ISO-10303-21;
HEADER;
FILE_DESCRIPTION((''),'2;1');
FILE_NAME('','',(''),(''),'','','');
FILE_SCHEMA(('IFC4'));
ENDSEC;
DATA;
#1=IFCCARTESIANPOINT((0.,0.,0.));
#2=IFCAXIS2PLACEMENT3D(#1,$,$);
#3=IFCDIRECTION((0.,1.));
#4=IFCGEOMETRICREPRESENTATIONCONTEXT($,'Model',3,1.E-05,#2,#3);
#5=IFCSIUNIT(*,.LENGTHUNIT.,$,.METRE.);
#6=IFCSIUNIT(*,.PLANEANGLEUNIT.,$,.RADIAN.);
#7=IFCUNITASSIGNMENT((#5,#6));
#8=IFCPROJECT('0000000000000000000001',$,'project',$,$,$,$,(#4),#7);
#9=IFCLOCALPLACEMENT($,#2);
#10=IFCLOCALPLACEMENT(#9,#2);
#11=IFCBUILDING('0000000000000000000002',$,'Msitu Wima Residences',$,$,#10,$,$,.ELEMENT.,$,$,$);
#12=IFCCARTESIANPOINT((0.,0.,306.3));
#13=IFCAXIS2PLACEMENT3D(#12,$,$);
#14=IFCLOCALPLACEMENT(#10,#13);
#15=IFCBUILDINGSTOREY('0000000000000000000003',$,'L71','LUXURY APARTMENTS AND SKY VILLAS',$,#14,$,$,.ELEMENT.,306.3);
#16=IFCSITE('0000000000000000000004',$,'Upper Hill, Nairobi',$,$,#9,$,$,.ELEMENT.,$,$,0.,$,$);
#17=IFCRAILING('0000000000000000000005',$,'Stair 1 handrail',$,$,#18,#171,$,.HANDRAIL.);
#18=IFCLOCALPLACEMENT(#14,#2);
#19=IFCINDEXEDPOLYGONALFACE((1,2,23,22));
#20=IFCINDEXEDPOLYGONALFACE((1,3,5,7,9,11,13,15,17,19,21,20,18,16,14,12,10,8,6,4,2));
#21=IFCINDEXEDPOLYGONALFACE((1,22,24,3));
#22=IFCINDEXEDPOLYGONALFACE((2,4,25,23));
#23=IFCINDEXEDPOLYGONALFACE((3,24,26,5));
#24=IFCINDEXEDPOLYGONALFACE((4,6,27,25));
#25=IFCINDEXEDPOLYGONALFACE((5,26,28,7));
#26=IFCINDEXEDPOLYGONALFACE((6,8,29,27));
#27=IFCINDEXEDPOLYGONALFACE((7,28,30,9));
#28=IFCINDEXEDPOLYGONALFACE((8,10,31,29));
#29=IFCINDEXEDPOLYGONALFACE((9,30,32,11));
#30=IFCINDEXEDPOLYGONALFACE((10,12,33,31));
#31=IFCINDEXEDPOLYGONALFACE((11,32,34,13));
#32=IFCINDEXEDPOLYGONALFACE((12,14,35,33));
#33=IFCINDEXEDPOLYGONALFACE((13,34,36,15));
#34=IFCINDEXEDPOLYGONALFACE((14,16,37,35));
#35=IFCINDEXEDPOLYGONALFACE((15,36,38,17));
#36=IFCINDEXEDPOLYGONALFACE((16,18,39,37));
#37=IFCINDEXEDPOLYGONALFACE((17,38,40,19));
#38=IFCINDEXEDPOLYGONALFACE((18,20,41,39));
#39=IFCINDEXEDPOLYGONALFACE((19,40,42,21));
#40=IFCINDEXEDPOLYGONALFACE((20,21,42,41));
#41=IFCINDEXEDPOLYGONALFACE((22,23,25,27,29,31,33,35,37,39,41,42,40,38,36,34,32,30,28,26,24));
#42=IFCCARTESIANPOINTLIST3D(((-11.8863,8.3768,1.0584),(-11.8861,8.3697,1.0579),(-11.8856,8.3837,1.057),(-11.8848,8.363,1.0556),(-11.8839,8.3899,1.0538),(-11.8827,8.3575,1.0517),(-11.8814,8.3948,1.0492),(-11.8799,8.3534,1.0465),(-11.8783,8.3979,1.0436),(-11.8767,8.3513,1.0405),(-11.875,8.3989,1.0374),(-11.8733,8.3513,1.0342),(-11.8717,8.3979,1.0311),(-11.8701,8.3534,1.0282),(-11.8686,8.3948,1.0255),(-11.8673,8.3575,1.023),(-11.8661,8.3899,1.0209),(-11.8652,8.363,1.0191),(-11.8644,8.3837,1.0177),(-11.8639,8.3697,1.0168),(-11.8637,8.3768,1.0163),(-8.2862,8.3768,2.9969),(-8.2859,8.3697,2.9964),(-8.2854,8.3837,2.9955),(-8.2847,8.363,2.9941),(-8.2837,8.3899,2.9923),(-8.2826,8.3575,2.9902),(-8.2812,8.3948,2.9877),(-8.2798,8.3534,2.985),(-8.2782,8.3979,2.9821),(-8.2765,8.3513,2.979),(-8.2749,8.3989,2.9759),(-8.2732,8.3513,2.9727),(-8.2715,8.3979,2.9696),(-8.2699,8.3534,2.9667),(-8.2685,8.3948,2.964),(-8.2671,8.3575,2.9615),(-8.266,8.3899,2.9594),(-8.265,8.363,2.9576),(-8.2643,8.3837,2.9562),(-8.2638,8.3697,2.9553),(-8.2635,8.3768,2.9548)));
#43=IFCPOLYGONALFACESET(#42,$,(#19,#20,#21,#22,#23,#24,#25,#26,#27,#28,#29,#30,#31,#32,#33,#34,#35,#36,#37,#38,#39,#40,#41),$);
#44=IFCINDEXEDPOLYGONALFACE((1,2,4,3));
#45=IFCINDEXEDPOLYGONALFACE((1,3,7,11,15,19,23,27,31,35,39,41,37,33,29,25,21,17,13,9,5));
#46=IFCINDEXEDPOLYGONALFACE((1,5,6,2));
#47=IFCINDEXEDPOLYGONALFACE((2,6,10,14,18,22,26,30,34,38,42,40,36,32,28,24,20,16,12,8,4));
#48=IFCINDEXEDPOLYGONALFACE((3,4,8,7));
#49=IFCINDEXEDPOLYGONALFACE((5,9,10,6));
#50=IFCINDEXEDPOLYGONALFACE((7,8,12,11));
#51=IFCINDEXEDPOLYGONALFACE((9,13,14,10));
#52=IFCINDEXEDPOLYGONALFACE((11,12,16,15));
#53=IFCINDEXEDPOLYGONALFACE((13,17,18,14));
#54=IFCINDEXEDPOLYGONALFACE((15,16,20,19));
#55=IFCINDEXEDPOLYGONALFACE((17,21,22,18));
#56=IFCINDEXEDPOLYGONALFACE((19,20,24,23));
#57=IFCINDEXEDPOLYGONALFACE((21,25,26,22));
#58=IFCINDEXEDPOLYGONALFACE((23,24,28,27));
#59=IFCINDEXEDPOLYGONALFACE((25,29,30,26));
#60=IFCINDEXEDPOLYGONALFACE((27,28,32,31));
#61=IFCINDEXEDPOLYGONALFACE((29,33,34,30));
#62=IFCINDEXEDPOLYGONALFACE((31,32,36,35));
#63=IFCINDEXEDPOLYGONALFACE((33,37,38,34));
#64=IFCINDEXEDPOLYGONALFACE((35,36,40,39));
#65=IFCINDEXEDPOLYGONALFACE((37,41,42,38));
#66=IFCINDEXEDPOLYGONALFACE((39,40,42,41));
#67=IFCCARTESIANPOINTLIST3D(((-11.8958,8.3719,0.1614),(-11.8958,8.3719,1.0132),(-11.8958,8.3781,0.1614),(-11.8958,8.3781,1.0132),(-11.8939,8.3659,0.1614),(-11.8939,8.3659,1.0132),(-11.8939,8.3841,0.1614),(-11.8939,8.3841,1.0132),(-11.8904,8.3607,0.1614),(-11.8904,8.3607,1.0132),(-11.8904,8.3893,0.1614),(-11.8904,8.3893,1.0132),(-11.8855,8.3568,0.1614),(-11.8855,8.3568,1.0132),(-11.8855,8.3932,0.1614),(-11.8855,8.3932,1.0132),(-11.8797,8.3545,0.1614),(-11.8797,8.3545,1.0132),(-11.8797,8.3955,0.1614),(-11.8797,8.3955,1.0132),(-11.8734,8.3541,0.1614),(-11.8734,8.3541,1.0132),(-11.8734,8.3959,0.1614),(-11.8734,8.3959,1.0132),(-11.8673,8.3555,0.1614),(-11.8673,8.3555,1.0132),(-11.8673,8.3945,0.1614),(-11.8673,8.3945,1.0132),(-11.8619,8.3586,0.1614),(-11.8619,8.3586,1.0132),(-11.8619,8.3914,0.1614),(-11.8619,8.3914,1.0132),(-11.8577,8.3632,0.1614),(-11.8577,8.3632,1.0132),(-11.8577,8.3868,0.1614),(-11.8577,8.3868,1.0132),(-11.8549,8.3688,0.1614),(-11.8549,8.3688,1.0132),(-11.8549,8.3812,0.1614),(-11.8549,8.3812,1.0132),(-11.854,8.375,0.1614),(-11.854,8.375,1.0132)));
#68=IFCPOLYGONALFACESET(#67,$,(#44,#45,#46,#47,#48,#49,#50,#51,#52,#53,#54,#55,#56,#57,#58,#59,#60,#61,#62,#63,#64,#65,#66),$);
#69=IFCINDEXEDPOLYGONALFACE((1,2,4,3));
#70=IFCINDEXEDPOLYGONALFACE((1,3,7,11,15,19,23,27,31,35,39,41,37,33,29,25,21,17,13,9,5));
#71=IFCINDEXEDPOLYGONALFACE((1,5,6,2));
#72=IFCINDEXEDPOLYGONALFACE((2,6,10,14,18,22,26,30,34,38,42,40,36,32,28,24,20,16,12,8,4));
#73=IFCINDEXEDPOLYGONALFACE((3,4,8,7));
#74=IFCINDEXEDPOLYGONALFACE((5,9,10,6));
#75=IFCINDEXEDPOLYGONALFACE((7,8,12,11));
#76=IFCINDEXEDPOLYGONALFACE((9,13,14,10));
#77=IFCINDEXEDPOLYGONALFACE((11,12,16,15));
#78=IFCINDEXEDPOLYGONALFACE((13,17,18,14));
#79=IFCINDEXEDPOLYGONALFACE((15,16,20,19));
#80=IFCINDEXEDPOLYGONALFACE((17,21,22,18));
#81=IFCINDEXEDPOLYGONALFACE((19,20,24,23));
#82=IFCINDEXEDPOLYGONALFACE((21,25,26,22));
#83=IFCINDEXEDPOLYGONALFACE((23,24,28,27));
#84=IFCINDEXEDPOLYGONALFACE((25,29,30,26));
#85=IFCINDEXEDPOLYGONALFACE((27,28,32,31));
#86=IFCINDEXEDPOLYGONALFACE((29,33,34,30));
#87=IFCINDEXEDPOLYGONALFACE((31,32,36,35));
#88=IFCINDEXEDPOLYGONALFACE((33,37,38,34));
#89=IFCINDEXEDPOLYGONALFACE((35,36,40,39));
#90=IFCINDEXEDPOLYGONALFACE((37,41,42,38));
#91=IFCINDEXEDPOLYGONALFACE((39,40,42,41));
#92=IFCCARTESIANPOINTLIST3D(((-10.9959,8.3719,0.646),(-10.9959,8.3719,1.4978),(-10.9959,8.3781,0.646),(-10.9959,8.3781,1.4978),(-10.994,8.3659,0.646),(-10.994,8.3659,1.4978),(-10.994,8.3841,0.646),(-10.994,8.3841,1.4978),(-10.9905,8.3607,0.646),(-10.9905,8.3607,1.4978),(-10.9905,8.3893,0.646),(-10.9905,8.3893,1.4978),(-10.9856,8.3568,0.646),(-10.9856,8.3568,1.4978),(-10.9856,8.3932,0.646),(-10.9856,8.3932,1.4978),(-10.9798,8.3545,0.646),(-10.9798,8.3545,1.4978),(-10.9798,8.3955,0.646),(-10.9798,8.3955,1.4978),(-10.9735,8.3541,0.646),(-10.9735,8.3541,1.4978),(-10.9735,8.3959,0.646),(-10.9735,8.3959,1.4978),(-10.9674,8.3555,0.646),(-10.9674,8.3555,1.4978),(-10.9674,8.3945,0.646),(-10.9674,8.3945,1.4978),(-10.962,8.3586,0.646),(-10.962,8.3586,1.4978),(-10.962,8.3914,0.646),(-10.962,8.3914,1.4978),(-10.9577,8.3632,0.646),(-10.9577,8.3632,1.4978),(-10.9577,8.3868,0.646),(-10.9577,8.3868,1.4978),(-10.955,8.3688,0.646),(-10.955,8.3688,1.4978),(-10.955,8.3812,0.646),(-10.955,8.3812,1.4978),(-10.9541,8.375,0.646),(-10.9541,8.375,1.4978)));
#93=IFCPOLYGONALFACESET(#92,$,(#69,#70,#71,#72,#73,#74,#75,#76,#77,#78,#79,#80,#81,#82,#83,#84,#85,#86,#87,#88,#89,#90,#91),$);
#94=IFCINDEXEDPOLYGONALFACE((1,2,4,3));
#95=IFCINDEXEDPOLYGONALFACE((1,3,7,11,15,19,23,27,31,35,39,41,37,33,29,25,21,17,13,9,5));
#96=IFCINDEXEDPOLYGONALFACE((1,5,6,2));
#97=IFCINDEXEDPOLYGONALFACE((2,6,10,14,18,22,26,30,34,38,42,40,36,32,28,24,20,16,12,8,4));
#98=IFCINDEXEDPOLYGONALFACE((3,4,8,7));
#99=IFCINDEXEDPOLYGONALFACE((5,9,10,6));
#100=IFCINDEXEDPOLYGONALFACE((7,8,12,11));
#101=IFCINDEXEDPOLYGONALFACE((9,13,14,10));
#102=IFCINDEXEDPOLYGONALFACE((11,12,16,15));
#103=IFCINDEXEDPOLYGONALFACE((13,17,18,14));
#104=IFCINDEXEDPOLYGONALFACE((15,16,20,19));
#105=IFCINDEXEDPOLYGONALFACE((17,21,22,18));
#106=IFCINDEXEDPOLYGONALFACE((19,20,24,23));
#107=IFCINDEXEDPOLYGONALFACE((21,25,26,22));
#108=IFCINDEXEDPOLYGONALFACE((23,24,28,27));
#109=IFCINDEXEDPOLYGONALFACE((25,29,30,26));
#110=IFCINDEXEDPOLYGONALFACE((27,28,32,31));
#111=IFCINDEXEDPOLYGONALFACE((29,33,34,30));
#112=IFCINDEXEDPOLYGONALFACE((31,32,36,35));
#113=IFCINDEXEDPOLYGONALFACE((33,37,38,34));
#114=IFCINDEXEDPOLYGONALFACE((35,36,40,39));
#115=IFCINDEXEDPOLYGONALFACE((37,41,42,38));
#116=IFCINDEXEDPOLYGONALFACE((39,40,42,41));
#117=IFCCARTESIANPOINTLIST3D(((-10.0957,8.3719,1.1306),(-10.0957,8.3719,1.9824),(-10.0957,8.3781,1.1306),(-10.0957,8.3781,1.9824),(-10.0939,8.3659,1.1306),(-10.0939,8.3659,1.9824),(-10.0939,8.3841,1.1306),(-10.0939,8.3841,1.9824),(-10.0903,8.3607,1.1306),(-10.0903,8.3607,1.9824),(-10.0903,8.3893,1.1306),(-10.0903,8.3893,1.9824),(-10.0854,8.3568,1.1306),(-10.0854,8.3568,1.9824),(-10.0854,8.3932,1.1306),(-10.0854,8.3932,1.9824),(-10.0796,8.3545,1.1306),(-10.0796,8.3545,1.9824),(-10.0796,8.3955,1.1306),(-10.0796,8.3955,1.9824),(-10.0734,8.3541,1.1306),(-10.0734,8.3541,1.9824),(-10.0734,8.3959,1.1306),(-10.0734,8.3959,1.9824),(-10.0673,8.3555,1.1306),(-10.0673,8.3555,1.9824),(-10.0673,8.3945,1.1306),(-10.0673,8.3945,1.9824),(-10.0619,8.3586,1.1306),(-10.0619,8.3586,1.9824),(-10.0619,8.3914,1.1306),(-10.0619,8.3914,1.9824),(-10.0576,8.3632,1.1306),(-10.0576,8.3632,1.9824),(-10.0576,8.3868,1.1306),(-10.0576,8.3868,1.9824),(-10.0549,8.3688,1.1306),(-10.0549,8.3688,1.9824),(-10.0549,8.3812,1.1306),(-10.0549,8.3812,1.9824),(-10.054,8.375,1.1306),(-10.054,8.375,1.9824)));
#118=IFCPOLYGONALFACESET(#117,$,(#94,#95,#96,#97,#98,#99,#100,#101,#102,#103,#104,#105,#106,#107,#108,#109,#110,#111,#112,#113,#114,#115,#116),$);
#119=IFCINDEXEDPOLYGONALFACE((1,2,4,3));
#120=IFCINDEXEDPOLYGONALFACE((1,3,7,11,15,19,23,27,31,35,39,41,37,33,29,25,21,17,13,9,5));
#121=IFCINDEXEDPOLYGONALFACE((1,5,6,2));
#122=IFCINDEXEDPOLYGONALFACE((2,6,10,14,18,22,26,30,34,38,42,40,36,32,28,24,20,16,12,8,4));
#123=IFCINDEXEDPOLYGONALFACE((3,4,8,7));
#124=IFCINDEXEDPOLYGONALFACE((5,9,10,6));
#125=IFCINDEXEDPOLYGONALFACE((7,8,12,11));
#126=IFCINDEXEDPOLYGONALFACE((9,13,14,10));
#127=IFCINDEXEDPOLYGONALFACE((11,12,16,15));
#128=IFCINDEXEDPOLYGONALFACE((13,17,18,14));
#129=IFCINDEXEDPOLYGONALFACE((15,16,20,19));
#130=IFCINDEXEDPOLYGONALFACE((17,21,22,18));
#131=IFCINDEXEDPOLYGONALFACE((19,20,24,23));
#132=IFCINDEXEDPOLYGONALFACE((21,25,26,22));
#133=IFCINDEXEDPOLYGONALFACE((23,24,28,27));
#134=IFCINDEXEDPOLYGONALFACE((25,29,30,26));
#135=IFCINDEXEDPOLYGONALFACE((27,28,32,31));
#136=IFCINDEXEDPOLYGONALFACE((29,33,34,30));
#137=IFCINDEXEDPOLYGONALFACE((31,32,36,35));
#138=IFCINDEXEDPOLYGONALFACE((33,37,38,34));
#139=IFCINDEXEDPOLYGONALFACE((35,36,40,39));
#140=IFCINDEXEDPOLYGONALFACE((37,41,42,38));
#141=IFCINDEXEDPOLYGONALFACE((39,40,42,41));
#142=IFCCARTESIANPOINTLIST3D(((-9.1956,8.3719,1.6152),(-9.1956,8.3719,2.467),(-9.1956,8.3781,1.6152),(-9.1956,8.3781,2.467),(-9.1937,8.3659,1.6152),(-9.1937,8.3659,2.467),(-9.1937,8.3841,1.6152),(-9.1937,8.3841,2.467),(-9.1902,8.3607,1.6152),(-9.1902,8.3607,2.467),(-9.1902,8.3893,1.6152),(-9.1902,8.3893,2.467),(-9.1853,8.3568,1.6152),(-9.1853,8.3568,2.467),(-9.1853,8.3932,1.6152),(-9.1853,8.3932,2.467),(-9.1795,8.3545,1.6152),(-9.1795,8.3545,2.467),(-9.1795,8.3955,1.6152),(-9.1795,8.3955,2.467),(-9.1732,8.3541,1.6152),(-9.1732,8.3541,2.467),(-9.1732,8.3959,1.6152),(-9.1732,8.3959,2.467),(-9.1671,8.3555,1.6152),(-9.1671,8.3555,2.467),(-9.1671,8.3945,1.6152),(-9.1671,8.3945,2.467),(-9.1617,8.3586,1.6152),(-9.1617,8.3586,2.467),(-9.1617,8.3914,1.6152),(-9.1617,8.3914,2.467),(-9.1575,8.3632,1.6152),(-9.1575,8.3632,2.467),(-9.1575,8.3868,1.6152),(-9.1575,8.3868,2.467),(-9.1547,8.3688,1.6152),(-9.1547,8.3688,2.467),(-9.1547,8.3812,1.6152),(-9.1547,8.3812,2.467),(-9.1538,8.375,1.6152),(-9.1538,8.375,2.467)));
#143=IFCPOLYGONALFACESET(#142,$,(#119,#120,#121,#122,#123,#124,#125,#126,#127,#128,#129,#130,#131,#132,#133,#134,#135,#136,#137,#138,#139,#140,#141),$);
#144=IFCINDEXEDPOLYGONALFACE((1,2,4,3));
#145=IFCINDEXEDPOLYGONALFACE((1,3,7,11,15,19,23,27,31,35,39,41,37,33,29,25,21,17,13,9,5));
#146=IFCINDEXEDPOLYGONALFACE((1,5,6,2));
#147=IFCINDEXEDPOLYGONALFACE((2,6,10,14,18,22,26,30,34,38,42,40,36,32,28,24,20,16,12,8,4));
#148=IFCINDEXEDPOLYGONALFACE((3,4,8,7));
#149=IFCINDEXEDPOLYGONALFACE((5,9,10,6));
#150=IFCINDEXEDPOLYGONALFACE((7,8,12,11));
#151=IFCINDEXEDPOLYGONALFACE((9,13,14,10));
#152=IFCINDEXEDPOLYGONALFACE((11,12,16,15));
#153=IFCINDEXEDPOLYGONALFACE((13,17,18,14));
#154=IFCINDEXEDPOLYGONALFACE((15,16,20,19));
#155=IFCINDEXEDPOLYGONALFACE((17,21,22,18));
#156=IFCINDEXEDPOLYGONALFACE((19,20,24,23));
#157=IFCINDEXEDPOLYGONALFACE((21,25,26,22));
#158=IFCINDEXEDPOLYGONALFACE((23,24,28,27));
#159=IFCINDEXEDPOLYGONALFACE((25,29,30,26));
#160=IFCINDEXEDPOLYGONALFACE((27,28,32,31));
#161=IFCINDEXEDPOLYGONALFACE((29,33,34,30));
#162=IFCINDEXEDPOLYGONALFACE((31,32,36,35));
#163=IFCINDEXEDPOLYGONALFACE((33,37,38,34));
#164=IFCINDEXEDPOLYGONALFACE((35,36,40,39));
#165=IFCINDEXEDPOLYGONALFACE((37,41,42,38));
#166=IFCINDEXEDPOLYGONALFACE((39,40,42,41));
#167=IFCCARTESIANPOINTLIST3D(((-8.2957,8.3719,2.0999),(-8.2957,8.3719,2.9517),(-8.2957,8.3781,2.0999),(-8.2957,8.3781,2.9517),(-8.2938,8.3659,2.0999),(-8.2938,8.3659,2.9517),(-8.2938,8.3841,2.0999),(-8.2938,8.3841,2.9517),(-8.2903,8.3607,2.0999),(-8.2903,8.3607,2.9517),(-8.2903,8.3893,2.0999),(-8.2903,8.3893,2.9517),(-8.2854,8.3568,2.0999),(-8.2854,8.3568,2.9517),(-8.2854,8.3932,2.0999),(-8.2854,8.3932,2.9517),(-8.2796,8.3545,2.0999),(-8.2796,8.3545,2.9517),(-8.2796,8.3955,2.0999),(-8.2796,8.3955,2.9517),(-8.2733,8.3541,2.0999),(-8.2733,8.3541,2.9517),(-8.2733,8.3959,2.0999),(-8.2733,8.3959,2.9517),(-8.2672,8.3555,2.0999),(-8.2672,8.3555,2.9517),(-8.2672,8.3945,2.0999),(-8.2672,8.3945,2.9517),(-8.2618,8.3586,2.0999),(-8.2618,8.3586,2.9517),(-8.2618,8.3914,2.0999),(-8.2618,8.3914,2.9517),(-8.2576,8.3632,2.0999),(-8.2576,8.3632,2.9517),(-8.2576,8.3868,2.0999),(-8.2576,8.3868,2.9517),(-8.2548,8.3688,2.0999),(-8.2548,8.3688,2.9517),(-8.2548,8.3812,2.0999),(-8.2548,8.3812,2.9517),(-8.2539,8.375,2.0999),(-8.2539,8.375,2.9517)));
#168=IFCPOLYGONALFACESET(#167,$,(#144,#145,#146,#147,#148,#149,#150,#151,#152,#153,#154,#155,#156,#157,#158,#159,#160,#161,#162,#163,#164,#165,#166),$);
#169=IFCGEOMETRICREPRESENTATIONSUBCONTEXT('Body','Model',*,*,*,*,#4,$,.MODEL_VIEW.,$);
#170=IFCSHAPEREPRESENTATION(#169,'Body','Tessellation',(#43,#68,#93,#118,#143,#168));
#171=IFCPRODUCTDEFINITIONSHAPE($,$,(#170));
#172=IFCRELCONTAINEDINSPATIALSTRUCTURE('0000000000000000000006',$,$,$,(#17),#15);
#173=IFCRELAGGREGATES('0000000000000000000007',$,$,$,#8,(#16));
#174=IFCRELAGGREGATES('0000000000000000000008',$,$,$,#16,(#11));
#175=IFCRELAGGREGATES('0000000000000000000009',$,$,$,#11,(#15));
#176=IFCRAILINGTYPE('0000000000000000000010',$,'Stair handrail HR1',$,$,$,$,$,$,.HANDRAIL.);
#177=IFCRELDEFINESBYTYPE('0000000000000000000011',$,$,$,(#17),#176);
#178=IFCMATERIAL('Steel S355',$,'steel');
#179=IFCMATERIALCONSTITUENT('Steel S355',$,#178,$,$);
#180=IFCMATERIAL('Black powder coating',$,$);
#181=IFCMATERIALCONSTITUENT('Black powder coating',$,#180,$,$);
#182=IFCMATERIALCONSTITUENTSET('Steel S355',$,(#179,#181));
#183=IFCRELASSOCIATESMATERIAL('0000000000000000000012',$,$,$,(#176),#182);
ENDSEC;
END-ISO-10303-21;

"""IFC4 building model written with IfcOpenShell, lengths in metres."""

from ifc_helpers import new_model, si_unit, direction, frame, origin, origin_2d, place, context, subcontext, project, spatial, circle, extrude, material, constituent, constituent_set, type_object, element, save


model = new_model("IFC4")

# Units and contexts
model_context = context("Model", 3, precision=1e-05, world=origin(), true_north=direction((0.0, 1.0)))
body_context = subcontext(model_context, "Body", "Model", "MODEL_VIEW")
ifc_project = project(units=[si_unit("LENGTHUNIT", "METRE"), si_unit("PLANEANGLEUNIT", "RADIAN")], contexts=[model_context])

# Site, building, storey
site_placement = place(None, origin())
site = spatial("IfcSite", under=ifc_project, at=site_placement, Name="Upper Hill, Nairobi", CompositionType="ELEMENT", RefElevation=0.0)
building_placement = place(site_placement, origin())
building = spatial("IfcBuilding", under=site, at=building_placement, Name="Msitu Wima Residences", CompositionType="ELEMENT")
storey_placement = place(building_placement, frame((0.0, 0.0, 306.3)))
storey = spatial("IfcBuildingStorey", under=building, at=storey_placement, Name="L71", Description="LUXURY APARTMENTS AND SKY VILLAS", CompositionType="ELEMENT", Elevation=306.3)

# Railing
ifc_material_1 = material(Name="Steel S355", Category="steel")
ifc_constituent_1 = constituent(ifc_material_1, Name="Steel S355")
ifc_material_2 = material(Name="Black powder coating")
ifc_constituent_2 = constituent(ifc_material_2, Name="Black powder coating")
ifc_constituent_set = constituent_set(constituents=[ifc_constituent_1, ifc_constituent_2], Name="Steel S355")
railing_type = type_object("IfcRailingType", Name="Stair handrail HR1", PredefinedType="HANDRAIL", material=ifc_constituent_set)
for number, where, name in (
    (1, (-11.875, 8.375, 0.1614), "Stair 1 handrail"),
):
    element("IfcRailing", number, at=place(storey_placement, frame(where)), inside=storey, type_object=railing_type, Name=name, PredefinedType="HANDRAIL", context=body_context, shape_type="SweptSolid", body=[
        extrude(circle(Radius=0.0239, at=origin_2d()), frame((0.0, 0.0, 0.876), z_axis=(0.880475, 0.0, 0.474093), x_axis=(0.0, 1.0, 0.0)), (0.0, 0.0, 1.0), 4.0889),
        extrude(circle(Radius=0.021, at=origin_2d()), origin(), (0.0, 0.0, 1.0), 0.8518),
        extrude(circle(Radius=0.021, at=origin_2d()), frame((0.8999, 0.0, 0.4846)), (0.0, 0.0, 1.0), 0.8518),
        extrude(circle(Radius=0.021, at=origin_2d()), frame((1.8, 0.0, 0.9692)), (0.0, 0.0, 1.0), 0.8518),
        extrude(circle(Radius=0.021, at=origin_2d()), frame((2.7002, 0.0, 1.4539)), (0.0, 0.0, 1.0), 0.8518),
        extrude(circle(Radius=0.021, at=origin_2d()), frame((3.6001, 0.0, 1.9385)), (0.0, 0.0, 1.0), 0.8518),
    ])

save(model, "model.ifc")
